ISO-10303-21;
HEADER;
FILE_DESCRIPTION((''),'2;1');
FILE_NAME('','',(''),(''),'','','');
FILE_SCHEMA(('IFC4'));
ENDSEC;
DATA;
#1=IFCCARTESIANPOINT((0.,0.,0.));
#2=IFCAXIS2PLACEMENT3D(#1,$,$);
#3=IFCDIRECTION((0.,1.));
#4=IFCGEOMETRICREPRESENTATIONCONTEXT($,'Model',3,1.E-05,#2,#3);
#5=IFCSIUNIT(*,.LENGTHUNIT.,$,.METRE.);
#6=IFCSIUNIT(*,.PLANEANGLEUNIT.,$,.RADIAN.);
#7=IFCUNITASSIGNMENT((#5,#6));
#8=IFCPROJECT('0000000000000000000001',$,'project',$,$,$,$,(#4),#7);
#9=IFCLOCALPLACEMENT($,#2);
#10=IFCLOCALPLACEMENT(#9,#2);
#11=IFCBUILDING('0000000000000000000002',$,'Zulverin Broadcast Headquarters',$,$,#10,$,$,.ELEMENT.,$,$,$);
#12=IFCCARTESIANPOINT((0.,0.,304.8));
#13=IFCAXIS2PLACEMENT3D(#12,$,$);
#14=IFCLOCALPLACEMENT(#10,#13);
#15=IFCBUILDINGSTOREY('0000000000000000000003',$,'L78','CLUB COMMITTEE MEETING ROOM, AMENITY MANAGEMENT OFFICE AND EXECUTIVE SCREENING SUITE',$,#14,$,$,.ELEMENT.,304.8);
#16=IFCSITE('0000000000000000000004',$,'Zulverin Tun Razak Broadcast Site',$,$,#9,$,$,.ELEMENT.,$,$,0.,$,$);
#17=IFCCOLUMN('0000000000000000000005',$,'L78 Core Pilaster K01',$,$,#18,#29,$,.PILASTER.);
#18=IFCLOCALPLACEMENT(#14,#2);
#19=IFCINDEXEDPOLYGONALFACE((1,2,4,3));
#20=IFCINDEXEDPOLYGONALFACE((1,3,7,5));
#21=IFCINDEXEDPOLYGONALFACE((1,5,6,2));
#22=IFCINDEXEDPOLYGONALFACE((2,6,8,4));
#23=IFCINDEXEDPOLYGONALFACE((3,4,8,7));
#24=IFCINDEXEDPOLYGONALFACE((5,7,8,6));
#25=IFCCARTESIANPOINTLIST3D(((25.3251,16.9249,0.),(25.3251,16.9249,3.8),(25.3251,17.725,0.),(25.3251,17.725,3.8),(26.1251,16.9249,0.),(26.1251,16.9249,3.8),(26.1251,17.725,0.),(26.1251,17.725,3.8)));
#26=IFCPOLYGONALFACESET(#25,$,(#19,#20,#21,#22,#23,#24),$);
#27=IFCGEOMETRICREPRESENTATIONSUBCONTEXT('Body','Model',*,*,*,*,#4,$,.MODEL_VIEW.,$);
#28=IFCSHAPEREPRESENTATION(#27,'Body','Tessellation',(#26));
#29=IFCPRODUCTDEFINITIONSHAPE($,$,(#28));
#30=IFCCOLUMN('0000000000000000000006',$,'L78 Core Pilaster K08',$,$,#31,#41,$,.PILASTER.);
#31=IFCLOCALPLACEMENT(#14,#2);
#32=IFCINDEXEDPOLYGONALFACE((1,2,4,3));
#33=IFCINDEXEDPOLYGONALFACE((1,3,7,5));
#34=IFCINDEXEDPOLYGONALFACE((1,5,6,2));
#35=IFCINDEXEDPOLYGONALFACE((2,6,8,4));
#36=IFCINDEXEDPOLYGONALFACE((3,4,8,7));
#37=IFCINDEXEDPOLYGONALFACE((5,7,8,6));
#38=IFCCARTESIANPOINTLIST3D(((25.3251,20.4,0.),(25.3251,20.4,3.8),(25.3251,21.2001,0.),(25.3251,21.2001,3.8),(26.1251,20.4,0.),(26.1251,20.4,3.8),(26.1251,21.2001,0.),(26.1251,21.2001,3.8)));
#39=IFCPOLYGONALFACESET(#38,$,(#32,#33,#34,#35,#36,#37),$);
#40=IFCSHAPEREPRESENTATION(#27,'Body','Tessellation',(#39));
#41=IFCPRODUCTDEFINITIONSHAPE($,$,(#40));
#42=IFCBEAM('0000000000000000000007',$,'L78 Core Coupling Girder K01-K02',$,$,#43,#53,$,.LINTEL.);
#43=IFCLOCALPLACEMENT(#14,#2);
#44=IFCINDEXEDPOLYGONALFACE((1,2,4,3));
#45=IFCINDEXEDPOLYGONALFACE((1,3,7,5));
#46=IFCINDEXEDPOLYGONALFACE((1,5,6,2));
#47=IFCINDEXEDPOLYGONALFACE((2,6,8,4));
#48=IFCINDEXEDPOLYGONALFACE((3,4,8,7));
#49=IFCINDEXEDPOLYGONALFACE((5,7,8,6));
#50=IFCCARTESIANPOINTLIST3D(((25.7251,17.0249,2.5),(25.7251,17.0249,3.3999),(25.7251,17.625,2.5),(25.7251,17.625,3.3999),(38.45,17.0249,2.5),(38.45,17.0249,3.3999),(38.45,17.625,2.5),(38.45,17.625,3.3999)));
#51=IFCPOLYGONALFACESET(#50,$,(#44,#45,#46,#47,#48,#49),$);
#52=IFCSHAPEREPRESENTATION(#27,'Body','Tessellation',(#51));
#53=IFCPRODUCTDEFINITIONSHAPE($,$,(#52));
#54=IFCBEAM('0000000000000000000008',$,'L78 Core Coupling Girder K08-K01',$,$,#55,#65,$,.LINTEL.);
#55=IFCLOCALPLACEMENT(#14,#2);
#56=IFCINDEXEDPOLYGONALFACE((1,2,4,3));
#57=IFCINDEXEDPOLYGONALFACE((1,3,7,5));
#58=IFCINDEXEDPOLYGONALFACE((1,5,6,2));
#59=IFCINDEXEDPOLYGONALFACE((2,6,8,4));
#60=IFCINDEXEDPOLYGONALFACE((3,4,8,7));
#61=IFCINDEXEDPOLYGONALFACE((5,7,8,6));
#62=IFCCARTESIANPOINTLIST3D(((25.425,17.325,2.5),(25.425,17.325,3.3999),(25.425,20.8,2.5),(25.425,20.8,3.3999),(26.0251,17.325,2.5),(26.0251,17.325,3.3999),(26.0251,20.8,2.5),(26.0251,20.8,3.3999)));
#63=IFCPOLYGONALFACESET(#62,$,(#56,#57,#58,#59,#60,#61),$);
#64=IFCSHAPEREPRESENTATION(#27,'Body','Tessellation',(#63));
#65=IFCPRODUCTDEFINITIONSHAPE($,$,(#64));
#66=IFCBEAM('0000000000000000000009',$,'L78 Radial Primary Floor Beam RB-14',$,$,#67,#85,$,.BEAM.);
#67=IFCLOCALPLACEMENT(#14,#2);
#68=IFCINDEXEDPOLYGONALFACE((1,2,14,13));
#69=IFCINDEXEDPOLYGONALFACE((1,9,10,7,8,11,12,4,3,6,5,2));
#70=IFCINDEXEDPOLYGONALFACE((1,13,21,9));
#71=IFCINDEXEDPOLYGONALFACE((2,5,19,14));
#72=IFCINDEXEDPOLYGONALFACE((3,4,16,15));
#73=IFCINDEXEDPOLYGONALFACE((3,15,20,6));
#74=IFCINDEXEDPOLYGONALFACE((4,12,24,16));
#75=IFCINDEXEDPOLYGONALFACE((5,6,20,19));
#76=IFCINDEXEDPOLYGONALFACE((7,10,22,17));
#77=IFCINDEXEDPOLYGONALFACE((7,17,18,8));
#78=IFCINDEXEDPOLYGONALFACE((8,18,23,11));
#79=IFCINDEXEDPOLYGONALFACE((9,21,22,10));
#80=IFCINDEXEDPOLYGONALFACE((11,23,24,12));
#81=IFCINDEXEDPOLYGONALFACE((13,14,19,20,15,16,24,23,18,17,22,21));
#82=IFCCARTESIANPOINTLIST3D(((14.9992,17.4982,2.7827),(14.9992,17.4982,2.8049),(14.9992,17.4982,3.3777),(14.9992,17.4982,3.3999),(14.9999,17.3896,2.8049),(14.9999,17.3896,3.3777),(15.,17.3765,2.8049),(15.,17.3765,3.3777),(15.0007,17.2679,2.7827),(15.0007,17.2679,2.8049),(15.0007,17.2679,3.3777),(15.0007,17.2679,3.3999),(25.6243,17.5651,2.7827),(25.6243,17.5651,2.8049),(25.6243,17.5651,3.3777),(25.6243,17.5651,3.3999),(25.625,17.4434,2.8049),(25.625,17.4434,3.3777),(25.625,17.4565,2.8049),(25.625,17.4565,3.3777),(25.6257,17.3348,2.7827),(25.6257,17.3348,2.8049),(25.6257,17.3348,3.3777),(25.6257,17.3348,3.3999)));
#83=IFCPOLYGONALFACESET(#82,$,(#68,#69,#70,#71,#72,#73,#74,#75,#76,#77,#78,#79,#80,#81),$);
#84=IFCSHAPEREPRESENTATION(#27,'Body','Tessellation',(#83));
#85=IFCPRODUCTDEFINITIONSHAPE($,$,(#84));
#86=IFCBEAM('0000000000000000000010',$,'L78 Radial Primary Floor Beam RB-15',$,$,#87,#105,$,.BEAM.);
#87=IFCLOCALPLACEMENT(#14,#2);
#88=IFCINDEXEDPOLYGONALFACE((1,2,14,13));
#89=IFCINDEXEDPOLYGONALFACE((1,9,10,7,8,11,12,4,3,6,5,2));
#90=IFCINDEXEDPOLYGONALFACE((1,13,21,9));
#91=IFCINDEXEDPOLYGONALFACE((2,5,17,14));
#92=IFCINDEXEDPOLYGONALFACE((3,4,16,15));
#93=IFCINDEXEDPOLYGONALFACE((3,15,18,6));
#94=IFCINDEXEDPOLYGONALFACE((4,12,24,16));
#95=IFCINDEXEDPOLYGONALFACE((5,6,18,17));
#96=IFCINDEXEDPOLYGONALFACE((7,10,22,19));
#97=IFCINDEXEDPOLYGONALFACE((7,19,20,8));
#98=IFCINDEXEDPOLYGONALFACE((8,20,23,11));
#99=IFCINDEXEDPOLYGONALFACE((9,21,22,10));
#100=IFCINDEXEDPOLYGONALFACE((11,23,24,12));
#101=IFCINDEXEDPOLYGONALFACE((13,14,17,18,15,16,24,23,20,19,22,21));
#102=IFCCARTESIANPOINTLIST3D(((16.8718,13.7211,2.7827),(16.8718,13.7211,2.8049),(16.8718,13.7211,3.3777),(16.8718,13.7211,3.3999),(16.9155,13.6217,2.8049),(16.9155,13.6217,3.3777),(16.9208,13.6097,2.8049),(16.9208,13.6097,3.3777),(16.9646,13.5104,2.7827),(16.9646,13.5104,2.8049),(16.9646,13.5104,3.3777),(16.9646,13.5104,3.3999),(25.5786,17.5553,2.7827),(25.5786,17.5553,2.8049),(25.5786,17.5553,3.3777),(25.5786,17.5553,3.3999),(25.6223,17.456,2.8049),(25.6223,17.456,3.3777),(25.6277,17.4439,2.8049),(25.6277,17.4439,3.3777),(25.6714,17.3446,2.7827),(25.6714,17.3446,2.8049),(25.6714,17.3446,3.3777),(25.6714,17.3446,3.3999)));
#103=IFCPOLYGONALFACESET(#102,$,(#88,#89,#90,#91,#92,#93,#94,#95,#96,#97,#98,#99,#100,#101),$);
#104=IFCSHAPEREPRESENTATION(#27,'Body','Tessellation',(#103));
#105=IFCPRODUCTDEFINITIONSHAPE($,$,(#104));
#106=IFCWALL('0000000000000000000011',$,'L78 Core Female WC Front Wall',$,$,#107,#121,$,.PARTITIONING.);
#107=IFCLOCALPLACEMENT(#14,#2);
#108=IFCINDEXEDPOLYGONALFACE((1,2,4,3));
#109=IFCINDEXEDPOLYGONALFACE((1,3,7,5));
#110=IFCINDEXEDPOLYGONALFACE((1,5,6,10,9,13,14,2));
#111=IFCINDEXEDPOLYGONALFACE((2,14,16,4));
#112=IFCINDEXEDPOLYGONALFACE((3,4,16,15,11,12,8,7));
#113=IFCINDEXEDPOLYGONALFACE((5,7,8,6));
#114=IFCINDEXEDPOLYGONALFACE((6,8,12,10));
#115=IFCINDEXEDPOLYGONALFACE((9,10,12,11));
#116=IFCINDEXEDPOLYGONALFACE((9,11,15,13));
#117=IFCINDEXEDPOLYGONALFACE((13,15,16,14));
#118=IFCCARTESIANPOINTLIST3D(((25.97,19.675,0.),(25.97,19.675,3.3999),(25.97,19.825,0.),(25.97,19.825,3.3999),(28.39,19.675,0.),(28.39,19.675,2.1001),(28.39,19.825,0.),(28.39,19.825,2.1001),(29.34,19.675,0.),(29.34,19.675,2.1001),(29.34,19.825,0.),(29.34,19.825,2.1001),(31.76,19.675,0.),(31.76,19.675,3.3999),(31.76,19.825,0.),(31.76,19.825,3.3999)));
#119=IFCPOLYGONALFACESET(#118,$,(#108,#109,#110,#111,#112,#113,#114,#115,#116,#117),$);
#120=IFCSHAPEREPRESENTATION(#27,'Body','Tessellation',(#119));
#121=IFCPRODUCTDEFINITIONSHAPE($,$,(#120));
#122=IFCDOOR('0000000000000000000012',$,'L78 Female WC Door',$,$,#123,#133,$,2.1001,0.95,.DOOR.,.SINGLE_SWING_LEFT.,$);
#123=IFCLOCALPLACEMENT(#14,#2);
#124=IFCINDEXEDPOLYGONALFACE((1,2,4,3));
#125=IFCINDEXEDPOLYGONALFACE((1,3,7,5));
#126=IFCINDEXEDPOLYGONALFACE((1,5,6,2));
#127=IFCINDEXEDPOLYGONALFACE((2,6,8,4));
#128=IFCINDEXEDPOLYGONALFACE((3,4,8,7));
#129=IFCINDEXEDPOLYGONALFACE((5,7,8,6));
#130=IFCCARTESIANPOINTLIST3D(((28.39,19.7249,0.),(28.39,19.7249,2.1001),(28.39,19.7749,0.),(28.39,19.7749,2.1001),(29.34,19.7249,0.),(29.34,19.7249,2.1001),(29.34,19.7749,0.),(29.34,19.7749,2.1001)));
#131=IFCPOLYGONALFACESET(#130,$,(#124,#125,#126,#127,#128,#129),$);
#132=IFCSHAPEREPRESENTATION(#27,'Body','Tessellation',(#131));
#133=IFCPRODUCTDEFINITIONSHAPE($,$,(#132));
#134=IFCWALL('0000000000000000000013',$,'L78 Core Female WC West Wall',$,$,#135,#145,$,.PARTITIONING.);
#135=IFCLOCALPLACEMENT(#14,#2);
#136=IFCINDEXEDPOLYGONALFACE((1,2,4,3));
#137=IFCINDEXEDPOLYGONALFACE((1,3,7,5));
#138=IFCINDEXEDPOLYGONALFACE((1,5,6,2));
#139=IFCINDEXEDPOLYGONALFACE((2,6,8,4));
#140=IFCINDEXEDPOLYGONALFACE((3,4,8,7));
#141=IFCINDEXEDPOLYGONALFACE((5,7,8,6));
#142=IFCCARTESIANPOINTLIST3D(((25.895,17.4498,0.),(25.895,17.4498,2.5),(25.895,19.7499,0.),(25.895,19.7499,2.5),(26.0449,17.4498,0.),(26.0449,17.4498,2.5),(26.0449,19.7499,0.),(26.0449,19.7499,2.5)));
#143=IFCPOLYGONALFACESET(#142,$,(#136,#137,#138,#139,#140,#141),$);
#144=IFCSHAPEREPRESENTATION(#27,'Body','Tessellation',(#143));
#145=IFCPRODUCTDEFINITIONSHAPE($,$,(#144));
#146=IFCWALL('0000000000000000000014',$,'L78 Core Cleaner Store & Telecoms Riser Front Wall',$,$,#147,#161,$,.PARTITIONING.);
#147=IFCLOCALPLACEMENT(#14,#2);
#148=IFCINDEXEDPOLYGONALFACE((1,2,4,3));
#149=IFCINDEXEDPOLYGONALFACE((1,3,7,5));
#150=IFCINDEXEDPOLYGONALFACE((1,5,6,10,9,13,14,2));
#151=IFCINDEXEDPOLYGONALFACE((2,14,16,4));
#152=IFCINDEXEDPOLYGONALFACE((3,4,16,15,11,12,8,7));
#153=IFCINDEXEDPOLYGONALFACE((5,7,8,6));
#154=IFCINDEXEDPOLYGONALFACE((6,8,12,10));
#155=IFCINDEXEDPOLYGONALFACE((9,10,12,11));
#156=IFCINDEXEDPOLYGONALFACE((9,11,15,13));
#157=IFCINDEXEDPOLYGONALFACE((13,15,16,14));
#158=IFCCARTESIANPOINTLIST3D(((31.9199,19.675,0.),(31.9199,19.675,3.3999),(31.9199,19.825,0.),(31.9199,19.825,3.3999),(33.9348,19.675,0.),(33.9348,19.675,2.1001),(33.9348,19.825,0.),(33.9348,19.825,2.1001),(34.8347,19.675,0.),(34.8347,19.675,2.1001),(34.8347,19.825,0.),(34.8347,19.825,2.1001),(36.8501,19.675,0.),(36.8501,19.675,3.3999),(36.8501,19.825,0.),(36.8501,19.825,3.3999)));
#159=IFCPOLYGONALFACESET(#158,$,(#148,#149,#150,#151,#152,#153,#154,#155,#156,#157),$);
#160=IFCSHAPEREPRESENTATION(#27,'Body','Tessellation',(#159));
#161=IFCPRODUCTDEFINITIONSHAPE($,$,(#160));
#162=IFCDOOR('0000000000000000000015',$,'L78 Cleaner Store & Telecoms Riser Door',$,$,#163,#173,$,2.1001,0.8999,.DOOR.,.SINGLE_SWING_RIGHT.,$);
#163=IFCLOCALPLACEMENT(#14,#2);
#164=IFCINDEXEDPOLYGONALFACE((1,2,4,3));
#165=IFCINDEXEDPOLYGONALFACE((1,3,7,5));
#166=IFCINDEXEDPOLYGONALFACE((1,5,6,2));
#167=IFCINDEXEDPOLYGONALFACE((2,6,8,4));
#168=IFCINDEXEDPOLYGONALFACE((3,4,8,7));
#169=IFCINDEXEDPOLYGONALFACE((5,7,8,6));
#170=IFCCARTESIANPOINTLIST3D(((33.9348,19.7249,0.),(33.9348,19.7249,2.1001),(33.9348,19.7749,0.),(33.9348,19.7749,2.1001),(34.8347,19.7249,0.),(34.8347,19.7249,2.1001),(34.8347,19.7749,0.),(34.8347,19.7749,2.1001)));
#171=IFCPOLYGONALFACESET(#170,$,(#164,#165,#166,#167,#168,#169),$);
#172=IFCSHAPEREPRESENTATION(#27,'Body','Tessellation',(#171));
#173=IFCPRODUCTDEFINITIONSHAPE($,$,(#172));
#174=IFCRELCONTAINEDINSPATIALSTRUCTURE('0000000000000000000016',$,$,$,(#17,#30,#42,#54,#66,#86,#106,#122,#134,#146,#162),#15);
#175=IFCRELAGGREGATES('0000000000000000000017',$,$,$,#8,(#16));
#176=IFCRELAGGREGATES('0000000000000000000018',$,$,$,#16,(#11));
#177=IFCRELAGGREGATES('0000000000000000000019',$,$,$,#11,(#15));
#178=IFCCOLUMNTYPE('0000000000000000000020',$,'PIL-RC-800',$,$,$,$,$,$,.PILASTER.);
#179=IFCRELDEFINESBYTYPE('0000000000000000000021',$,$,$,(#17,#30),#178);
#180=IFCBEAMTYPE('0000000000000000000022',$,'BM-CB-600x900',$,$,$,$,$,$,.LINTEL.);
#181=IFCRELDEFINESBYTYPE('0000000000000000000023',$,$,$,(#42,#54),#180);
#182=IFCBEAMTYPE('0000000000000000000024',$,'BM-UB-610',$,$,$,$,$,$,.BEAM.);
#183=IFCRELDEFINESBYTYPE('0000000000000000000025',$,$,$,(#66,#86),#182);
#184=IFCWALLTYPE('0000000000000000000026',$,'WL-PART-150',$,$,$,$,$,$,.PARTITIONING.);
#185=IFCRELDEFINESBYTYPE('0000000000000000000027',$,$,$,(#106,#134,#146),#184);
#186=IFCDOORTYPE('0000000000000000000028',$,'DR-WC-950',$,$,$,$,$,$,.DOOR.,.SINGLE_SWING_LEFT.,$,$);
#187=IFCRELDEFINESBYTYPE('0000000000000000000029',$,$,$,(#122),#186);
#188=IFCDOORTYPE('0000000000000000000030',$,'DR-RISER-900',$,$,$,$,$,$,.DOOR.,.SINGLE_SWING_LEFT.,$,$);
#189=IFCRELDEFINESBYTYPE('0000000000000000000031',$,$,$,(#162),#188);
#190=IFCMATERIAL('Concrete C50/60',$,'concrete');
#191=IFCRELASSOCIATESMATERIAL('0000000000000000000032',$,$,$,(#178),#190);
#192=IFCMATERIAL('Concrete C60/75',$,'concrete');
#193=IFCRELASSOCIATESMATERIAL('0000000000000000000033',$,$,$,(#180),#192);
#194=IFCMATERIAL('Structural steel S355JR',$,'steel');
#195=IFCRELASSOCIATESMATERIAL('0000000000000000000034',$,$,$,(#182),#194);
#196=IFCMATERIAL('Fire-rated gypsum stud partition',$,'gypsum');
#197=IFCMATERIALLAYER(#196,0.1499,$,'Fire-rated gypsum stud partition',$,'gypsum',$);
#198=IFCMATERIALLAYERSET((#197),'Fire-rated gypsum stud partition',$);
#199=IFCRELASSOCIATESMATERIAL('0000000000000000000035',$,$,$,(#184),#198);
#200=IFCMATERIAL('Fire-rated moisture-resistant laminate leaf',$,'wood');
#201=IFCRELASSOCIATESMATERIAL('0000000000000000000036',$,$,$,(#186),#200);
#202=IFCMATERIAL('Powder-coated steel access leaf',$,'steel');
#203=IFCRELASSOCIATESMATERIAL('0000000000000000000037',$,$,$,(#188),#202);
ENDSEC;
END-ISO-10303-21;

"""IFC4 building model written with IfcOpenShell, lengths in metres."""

from ifc_helpers import new_model, si_unit, direction, frame, frame_2d, origin, origin_2d, place, context, subcontext, project, spatial, rectangle, i_section, extrude, material, layer, layer_set, material_profile, profile_set, type_object, element, fill, save


model = new_model("IFC4")

# Units and contexts
model_context = context("Model", 3, precision=1e-05, world=origin(), true_north=direction((0.0, 1.0)))
body_context = subcontext(model_context, "Body", "Model", "MODEL_VIEW")
ifc_project = project(units=[si_unit("LENGTHUNIT", "METRE"), si_unit("PLANEANGLEUNIT", "RADIAN")], contexts=[model_context])

# Site, building, storey
site_placement = place(None, origin())
site = spatial("IfcSite", under=ifc_project, at=site_placement, Name="Zulverin Tun Razak Broadcast Site", CompositionType="ELEMENT", RefElevation=0.0)
building_placement = place(site_placement, origin())
building = spatial("IfcBuilding", under=site, at=building_placement, Name="Zulverin Broadcast Headquarters", CompositionType="ELEMENT")
storey_placement = place(building_placement, frame((0.0, 0.0, 304.8)))
storey = spatial("IfcBuildingStorey", under=building, at=storey_placement, Name="L78", Description="CLUB COMMITTEE MEETING ROOM, AMENITY MANAGEMENT OFFICE AND EXECUTIVE SCREENING SUITE", CompositionType="ELEMENT", Elevation=304.8)

# Columns
ifc_material_1 = material(Name="Concrete C50/60", Category="concrete")
ifc_material_profile_1 = material_profile(ifc_material_1, rectangle(XDim=0.8, YDim=0.8, at=origin_2d()), Name="Concrete C50/60", Category="concrete")
ifc_profile_set_1 = profile_set([ifc_material_profile_1], Name="Concrete C50/60")
column_type = type_object("IfcColumnType", Name="PIL-RC-800", PredefinedType="PILASTER", material=ifc_profile_set_1)
for number, where, z_axis, x_axis, name in (
    (1, (25.7251, 17.325, 0.0), (0.0, 0.0, 1.0), (1.0, 0.0, 0.0), "L78 Core Pilaster K01"),
    (2, (25.7251, 20.8, 0.0), (0.0, 0.0, 1.0), (1.0, 0.0, 0.0), "L78 Core Pilaster K08"),
):
    element("IfcColumn", number, at=place(storey_placement, frame(where, z_axis=z_axis, x_axis=x_axis)), inside=storey, type_object=column_type, Name=name, PredefinedType="PILASTER", context=body_context, shape_type="SweptSolid", body=[
        extrude(rectangle(XDim=0.8, YDim=0.8, at=origin_2d()), origin(), (0.0, 0.0, 1.0), 3.8),
    ])

# Beams
ifc_material_2 = material(Name="Concrete C60/75", Category="concrete")
ifc_material_profile_2 = material_profile(ifc_material_2, rectangle(XDim=0.6001, YDim=0.8999, at=origin_2d()), Name="Concrete C60/75", Category="concrete")
ifc_profile_set_2 = profile_set([ifc_material_profile_2], Name="Concrete C60/75")
beam_type_1 = type_object("IfcBeamType", Name="BM-CB-600x900", PredefinedType="LINTEL", material=ifc_profile_set_2)
beam_1_placement = place(storey_placement, frame((25.7251, 17.325, 2.95), z_axis=(1.0, 0.0, 0.0), x_axis=(0.0, 1.0, 0.0)))
element("IfcBeam", 3, at=beam_1_placement, inside=storey, type_object=beam_type_1, Name="L78 Core Coupling Girder K01-K02", PredefinedType="LINTEL", context=body_context, shape_type="SweptSolid", body=[
    extrude(rectangle(XDim=0.6001, YDim=0.8999, at=origin_2d()), origin(), (0.0, 0.0, 1.0), 12.7249),
])
beam_2_placement = place(storey_placement, frame((25.7251, 20.8, 2.95), z_axis=(0.0, -1.0, 0.0), x_axis=(1.0, 0.0, 0.0)))
element("IfcBeam", 4, at=beam_2_placement, inside=storey, type_object=beam_type_1, Name="L78 Core Coupling Girder K08-K01", PredefinedType="LINTEL", context=body_context, shape_type="SweptSolid", body=[
    extrude(rectangle(XDim=0.6001, YDim=0.8999, at=origin_2d()), origin(), (0.0, 0.0, 1.0), 3.4751),
])
ifc_material_3 = material(Name="Structural steel S355JR", Category="steel")
ifc_material_profile_3 = material_profile(ifc_material_3, i_section(OverallWidth=0.2302, OverallDepth=0.6172, WebThickness=0.0132, FlangeThickness=0.0222, at=origin_2d()), Name="Structural steel S355JR", Category="steel")
ifc_profile_set_3 = profile_set([ifc_material_profile_3], Name="Structural steel S355JR")
beam_type_2 = type_object("IfcBeamType", Name="BM-UB-610", PredefinedType="BEAM", material=ifc_profile_set_3)
beam_3_placement = place(storey_placement, frame((25.625, 17.45, 3.0913), z_axis=(-0.99998, -0.006296, 0.0), x_axis=(0.006296, -0.99998, 0.0)))
element("IfcBeam", 5, at=beam_3_placement, inside=storey, type_object=beam_type_2, Name="L78 Radial Primary Floor Beam RB-14", PredefinedType="BEAM", context=body_context, shape_type="SweptSolid", body=[
    extrude(i_section(OverallWidth=0.2302, OverallDepth=0.6172, WebThickness=0.0132, FlangeThickness=0.0222, at=origin_2d()), origin(), (0.0, 0.0, 1.0), 10.6252),
])
beam_4_placement = place(storey_placement, frame((25.625, 17.45, 3.0913), z_axis=(-0.915189, -0.403024, 0.0), x_axis=(0.403024, -0.915189, 0.0)))
element("IfcBeam", 6, at=beam_4_placement, inside=storey, type_object=beam_type_2, Name="L78 Radial Primary Floor Beam RB-15", PredefinedType="BEAM", context=body_context, shape_type="SweptSolid", body=[
    extrude(i_section(OverallWidth=0.2302, OverallDepth=0.6172, WebThickness=0.0132, FlangeThickness=0.0222, at=origin_2d()), origin(), (0.0, 0.0, 1.0), 9.5137),
])

# Wall, opening, door
ifc_material_4 = material(Name="Fire-rated gypsum stud partition", Category="gypsum")
ifc_layer_1 = layer(ifc_material_4, 0.1499, Name="Fire-rated gypsum stud partition", Category="gypsum")
ifc_layer_set_1 = layer_set([ifc_layer_1], Name="Fire-rated gypsum stud partition")
wall_type_1 = type_object("IfcWallType", Name="WL-PART-150", PredefinedType="PARTITIONING", material=ifc_layer_set_1)
wall_1_placement = place(storey_placement, frame((25.97, 19.75, 0.0), z_axis=(0.0, 0.0, 1.0), x_axis=(1.0, 0.0, 0.0)))
wall_1 = element("IfcWall", 7, at=wall_1_placement, inside=storey, type_object=wall_type_1, Name="L78 Core Female WC Front Wall", PredefinedType="PARTITIONING", context=body_context, shape_type="SweptSolid", body=[
    extrude(rectangle(XDim=5.79, YDim=0.1499, at=frame_2d((2.895, 0.0))), origin(), (0.0, 0.0, 1.0), 3.3999),
])
opening_1_placement = place(wall_1_placement, frame((2.4199, 0.0, 0.0)))
opening_1 = element("IfcOpeningElement", 8, at=opening_1_placement, cuts=wall_1, PredefinedType="OPENING", context=body_context, shape_type="SweptSolid", body=[
    extrude(rectangle(XDim=0.95, YDim=2.1001, at=frame_2d((0.4751, 1.05))), frame((0.0, 0.085, 0.0), z_axis=(0.0, -1.0, 0.0), x_axis=(1.0, 0.0, 0.0)), (0.0, 0.0, 1.0), 0.1699),
])
ifc_material_5 = material(Name="Fire-rated moisture-resistant laminate leaf", Category="wood")
door_type_1 = type_object("IfcDoorType", Name="DR-WC-950", OperationType="SINGLE_SWING_LEFT", PredefinedType="DOOR", material=ifc_material_5)
door_1_placement = place(opening_1_placement, origin())
door_1 = element("IfcDoor", 9, at=door_1_placement, inside=storey, type_object=door_type_1, Name="L78 Female WC Door", OperationType="SINGLE_SWING_LEFT", OverallHeight=2.1001, OverallWidth=0.95, PredefinedType="DOOR", context=body_context, shape_type="SweptSolid", body=[
    extrude(rectangle(XDim=0.95, YDim=2.1001, at=frame_2d((0.4751, 1.05))), frame((0.0, 0.0249, 0.0), z_axis=(0.0, -1.0, 0.0), x_axis=(1.0, 0.0, 0.0)), (0.0, 0.0, 1.0), 0.05),
])
fill(opening_1, door_1)

# Wall
wall_2_placement = place(storey_placement, frame((25.97, 17.45, 0.0), z_axis=(0.0, 0.0, 1.0), x_axis=(0.0, 1.0, 0.0)))
element("IfcWall", 10, at=wall_2_placement, inside=storey, type_object=wall_type_1, Name="L78 Core Female WC West Wall", PredefinedType="PARTITIONING", context=body_context, shape_type="SweptSolid", body=[
    extrude(rectangle(XDim=2.3, YDim=0.1499, at=frame_2d((1.1499, 0.0))), origin(), (0.0, 0.0, 1.0), 2.5),
])

# Wall, opening, door
wall_3_placement = place(storey_placement, frame((31.9199, 19.75, 0.0), z_axis=(0.0, 0.0, 1.0), x_axis=(1.0, 0.0, 0.0)))
wall_3 = element("IfcWall", 11, at=wall_3_placement, inside=storey, type_object=wall_type_1, Name="L78 Core Cleaner Store & Telecoms Riser Front Wall", PredefinedType="PARTITIONING", context=body_context, shape_type="SweptSolid", body=[
    extrude(rectangle(XDim=4.9302, YDim=0.1499, at=frame_2d((2.4651, 0.0))), origin(), (0.0, 0.0, 1.0), 3.3999),
])
opening_2_placement = place(wall_3_placement, frame((2.0149, 0.0, 0.0)))
opening_2 = element("IfcOpeningElement", 12, at=opening_2_placement, cuts=wall_3, PredefinedType="OPENING", context=body_context, shape_type="SweptSolid", body=[
    extrude(rectangle(XDim=0.8999, YDim=2.1001, at=frame_2d((0.45, 1.05))), frame((0.0, 0.085, 0.0), z_axis=(0.0, -1.0, 0.0), x_axis=(1.0, 0.0, 0.0)), (0.0, 0.0, 1.0), 0.1699),
])
ifc_material_6 = material(Name="Powder-coated steel access leaf", Category="steel")
door_type_2 = type_object("IfcDoorType", Name="DR-RISER-900", OperationType="SINGLE_SWING_LEFT", PredefinedType="DOOR", material=ifc_material_6)
door_2_placement = place(opening_2_placement, origin())
door_2 = element("IfcDoor", 13, at=door_2_placement, inside=storey, type_object=door_type_2, Name="L78 Cleaner Store & Telecoms Riser Door", OperationType="SINGLE_SWING_RIGHT", OverallHeight=2.1001, OverallWidth=0.8999, PredefinedType="DOOR", context=body_context, shape_type="SweptSolid", body=[
    extrude(rectangle(XDim=0.8999, YDim=2.1001, at=frame_2d((0.45, 1.05))), frame((0.0, 0.0249, 0.0), z_axis=(0.0, -1.0, 0.0), x_axis=(1.0, 0.0, 0.0)), (0.0, 0.0, 1.0), 0.05),
])
fill(opening_2, door_2)

save(model, "model.ifc")
